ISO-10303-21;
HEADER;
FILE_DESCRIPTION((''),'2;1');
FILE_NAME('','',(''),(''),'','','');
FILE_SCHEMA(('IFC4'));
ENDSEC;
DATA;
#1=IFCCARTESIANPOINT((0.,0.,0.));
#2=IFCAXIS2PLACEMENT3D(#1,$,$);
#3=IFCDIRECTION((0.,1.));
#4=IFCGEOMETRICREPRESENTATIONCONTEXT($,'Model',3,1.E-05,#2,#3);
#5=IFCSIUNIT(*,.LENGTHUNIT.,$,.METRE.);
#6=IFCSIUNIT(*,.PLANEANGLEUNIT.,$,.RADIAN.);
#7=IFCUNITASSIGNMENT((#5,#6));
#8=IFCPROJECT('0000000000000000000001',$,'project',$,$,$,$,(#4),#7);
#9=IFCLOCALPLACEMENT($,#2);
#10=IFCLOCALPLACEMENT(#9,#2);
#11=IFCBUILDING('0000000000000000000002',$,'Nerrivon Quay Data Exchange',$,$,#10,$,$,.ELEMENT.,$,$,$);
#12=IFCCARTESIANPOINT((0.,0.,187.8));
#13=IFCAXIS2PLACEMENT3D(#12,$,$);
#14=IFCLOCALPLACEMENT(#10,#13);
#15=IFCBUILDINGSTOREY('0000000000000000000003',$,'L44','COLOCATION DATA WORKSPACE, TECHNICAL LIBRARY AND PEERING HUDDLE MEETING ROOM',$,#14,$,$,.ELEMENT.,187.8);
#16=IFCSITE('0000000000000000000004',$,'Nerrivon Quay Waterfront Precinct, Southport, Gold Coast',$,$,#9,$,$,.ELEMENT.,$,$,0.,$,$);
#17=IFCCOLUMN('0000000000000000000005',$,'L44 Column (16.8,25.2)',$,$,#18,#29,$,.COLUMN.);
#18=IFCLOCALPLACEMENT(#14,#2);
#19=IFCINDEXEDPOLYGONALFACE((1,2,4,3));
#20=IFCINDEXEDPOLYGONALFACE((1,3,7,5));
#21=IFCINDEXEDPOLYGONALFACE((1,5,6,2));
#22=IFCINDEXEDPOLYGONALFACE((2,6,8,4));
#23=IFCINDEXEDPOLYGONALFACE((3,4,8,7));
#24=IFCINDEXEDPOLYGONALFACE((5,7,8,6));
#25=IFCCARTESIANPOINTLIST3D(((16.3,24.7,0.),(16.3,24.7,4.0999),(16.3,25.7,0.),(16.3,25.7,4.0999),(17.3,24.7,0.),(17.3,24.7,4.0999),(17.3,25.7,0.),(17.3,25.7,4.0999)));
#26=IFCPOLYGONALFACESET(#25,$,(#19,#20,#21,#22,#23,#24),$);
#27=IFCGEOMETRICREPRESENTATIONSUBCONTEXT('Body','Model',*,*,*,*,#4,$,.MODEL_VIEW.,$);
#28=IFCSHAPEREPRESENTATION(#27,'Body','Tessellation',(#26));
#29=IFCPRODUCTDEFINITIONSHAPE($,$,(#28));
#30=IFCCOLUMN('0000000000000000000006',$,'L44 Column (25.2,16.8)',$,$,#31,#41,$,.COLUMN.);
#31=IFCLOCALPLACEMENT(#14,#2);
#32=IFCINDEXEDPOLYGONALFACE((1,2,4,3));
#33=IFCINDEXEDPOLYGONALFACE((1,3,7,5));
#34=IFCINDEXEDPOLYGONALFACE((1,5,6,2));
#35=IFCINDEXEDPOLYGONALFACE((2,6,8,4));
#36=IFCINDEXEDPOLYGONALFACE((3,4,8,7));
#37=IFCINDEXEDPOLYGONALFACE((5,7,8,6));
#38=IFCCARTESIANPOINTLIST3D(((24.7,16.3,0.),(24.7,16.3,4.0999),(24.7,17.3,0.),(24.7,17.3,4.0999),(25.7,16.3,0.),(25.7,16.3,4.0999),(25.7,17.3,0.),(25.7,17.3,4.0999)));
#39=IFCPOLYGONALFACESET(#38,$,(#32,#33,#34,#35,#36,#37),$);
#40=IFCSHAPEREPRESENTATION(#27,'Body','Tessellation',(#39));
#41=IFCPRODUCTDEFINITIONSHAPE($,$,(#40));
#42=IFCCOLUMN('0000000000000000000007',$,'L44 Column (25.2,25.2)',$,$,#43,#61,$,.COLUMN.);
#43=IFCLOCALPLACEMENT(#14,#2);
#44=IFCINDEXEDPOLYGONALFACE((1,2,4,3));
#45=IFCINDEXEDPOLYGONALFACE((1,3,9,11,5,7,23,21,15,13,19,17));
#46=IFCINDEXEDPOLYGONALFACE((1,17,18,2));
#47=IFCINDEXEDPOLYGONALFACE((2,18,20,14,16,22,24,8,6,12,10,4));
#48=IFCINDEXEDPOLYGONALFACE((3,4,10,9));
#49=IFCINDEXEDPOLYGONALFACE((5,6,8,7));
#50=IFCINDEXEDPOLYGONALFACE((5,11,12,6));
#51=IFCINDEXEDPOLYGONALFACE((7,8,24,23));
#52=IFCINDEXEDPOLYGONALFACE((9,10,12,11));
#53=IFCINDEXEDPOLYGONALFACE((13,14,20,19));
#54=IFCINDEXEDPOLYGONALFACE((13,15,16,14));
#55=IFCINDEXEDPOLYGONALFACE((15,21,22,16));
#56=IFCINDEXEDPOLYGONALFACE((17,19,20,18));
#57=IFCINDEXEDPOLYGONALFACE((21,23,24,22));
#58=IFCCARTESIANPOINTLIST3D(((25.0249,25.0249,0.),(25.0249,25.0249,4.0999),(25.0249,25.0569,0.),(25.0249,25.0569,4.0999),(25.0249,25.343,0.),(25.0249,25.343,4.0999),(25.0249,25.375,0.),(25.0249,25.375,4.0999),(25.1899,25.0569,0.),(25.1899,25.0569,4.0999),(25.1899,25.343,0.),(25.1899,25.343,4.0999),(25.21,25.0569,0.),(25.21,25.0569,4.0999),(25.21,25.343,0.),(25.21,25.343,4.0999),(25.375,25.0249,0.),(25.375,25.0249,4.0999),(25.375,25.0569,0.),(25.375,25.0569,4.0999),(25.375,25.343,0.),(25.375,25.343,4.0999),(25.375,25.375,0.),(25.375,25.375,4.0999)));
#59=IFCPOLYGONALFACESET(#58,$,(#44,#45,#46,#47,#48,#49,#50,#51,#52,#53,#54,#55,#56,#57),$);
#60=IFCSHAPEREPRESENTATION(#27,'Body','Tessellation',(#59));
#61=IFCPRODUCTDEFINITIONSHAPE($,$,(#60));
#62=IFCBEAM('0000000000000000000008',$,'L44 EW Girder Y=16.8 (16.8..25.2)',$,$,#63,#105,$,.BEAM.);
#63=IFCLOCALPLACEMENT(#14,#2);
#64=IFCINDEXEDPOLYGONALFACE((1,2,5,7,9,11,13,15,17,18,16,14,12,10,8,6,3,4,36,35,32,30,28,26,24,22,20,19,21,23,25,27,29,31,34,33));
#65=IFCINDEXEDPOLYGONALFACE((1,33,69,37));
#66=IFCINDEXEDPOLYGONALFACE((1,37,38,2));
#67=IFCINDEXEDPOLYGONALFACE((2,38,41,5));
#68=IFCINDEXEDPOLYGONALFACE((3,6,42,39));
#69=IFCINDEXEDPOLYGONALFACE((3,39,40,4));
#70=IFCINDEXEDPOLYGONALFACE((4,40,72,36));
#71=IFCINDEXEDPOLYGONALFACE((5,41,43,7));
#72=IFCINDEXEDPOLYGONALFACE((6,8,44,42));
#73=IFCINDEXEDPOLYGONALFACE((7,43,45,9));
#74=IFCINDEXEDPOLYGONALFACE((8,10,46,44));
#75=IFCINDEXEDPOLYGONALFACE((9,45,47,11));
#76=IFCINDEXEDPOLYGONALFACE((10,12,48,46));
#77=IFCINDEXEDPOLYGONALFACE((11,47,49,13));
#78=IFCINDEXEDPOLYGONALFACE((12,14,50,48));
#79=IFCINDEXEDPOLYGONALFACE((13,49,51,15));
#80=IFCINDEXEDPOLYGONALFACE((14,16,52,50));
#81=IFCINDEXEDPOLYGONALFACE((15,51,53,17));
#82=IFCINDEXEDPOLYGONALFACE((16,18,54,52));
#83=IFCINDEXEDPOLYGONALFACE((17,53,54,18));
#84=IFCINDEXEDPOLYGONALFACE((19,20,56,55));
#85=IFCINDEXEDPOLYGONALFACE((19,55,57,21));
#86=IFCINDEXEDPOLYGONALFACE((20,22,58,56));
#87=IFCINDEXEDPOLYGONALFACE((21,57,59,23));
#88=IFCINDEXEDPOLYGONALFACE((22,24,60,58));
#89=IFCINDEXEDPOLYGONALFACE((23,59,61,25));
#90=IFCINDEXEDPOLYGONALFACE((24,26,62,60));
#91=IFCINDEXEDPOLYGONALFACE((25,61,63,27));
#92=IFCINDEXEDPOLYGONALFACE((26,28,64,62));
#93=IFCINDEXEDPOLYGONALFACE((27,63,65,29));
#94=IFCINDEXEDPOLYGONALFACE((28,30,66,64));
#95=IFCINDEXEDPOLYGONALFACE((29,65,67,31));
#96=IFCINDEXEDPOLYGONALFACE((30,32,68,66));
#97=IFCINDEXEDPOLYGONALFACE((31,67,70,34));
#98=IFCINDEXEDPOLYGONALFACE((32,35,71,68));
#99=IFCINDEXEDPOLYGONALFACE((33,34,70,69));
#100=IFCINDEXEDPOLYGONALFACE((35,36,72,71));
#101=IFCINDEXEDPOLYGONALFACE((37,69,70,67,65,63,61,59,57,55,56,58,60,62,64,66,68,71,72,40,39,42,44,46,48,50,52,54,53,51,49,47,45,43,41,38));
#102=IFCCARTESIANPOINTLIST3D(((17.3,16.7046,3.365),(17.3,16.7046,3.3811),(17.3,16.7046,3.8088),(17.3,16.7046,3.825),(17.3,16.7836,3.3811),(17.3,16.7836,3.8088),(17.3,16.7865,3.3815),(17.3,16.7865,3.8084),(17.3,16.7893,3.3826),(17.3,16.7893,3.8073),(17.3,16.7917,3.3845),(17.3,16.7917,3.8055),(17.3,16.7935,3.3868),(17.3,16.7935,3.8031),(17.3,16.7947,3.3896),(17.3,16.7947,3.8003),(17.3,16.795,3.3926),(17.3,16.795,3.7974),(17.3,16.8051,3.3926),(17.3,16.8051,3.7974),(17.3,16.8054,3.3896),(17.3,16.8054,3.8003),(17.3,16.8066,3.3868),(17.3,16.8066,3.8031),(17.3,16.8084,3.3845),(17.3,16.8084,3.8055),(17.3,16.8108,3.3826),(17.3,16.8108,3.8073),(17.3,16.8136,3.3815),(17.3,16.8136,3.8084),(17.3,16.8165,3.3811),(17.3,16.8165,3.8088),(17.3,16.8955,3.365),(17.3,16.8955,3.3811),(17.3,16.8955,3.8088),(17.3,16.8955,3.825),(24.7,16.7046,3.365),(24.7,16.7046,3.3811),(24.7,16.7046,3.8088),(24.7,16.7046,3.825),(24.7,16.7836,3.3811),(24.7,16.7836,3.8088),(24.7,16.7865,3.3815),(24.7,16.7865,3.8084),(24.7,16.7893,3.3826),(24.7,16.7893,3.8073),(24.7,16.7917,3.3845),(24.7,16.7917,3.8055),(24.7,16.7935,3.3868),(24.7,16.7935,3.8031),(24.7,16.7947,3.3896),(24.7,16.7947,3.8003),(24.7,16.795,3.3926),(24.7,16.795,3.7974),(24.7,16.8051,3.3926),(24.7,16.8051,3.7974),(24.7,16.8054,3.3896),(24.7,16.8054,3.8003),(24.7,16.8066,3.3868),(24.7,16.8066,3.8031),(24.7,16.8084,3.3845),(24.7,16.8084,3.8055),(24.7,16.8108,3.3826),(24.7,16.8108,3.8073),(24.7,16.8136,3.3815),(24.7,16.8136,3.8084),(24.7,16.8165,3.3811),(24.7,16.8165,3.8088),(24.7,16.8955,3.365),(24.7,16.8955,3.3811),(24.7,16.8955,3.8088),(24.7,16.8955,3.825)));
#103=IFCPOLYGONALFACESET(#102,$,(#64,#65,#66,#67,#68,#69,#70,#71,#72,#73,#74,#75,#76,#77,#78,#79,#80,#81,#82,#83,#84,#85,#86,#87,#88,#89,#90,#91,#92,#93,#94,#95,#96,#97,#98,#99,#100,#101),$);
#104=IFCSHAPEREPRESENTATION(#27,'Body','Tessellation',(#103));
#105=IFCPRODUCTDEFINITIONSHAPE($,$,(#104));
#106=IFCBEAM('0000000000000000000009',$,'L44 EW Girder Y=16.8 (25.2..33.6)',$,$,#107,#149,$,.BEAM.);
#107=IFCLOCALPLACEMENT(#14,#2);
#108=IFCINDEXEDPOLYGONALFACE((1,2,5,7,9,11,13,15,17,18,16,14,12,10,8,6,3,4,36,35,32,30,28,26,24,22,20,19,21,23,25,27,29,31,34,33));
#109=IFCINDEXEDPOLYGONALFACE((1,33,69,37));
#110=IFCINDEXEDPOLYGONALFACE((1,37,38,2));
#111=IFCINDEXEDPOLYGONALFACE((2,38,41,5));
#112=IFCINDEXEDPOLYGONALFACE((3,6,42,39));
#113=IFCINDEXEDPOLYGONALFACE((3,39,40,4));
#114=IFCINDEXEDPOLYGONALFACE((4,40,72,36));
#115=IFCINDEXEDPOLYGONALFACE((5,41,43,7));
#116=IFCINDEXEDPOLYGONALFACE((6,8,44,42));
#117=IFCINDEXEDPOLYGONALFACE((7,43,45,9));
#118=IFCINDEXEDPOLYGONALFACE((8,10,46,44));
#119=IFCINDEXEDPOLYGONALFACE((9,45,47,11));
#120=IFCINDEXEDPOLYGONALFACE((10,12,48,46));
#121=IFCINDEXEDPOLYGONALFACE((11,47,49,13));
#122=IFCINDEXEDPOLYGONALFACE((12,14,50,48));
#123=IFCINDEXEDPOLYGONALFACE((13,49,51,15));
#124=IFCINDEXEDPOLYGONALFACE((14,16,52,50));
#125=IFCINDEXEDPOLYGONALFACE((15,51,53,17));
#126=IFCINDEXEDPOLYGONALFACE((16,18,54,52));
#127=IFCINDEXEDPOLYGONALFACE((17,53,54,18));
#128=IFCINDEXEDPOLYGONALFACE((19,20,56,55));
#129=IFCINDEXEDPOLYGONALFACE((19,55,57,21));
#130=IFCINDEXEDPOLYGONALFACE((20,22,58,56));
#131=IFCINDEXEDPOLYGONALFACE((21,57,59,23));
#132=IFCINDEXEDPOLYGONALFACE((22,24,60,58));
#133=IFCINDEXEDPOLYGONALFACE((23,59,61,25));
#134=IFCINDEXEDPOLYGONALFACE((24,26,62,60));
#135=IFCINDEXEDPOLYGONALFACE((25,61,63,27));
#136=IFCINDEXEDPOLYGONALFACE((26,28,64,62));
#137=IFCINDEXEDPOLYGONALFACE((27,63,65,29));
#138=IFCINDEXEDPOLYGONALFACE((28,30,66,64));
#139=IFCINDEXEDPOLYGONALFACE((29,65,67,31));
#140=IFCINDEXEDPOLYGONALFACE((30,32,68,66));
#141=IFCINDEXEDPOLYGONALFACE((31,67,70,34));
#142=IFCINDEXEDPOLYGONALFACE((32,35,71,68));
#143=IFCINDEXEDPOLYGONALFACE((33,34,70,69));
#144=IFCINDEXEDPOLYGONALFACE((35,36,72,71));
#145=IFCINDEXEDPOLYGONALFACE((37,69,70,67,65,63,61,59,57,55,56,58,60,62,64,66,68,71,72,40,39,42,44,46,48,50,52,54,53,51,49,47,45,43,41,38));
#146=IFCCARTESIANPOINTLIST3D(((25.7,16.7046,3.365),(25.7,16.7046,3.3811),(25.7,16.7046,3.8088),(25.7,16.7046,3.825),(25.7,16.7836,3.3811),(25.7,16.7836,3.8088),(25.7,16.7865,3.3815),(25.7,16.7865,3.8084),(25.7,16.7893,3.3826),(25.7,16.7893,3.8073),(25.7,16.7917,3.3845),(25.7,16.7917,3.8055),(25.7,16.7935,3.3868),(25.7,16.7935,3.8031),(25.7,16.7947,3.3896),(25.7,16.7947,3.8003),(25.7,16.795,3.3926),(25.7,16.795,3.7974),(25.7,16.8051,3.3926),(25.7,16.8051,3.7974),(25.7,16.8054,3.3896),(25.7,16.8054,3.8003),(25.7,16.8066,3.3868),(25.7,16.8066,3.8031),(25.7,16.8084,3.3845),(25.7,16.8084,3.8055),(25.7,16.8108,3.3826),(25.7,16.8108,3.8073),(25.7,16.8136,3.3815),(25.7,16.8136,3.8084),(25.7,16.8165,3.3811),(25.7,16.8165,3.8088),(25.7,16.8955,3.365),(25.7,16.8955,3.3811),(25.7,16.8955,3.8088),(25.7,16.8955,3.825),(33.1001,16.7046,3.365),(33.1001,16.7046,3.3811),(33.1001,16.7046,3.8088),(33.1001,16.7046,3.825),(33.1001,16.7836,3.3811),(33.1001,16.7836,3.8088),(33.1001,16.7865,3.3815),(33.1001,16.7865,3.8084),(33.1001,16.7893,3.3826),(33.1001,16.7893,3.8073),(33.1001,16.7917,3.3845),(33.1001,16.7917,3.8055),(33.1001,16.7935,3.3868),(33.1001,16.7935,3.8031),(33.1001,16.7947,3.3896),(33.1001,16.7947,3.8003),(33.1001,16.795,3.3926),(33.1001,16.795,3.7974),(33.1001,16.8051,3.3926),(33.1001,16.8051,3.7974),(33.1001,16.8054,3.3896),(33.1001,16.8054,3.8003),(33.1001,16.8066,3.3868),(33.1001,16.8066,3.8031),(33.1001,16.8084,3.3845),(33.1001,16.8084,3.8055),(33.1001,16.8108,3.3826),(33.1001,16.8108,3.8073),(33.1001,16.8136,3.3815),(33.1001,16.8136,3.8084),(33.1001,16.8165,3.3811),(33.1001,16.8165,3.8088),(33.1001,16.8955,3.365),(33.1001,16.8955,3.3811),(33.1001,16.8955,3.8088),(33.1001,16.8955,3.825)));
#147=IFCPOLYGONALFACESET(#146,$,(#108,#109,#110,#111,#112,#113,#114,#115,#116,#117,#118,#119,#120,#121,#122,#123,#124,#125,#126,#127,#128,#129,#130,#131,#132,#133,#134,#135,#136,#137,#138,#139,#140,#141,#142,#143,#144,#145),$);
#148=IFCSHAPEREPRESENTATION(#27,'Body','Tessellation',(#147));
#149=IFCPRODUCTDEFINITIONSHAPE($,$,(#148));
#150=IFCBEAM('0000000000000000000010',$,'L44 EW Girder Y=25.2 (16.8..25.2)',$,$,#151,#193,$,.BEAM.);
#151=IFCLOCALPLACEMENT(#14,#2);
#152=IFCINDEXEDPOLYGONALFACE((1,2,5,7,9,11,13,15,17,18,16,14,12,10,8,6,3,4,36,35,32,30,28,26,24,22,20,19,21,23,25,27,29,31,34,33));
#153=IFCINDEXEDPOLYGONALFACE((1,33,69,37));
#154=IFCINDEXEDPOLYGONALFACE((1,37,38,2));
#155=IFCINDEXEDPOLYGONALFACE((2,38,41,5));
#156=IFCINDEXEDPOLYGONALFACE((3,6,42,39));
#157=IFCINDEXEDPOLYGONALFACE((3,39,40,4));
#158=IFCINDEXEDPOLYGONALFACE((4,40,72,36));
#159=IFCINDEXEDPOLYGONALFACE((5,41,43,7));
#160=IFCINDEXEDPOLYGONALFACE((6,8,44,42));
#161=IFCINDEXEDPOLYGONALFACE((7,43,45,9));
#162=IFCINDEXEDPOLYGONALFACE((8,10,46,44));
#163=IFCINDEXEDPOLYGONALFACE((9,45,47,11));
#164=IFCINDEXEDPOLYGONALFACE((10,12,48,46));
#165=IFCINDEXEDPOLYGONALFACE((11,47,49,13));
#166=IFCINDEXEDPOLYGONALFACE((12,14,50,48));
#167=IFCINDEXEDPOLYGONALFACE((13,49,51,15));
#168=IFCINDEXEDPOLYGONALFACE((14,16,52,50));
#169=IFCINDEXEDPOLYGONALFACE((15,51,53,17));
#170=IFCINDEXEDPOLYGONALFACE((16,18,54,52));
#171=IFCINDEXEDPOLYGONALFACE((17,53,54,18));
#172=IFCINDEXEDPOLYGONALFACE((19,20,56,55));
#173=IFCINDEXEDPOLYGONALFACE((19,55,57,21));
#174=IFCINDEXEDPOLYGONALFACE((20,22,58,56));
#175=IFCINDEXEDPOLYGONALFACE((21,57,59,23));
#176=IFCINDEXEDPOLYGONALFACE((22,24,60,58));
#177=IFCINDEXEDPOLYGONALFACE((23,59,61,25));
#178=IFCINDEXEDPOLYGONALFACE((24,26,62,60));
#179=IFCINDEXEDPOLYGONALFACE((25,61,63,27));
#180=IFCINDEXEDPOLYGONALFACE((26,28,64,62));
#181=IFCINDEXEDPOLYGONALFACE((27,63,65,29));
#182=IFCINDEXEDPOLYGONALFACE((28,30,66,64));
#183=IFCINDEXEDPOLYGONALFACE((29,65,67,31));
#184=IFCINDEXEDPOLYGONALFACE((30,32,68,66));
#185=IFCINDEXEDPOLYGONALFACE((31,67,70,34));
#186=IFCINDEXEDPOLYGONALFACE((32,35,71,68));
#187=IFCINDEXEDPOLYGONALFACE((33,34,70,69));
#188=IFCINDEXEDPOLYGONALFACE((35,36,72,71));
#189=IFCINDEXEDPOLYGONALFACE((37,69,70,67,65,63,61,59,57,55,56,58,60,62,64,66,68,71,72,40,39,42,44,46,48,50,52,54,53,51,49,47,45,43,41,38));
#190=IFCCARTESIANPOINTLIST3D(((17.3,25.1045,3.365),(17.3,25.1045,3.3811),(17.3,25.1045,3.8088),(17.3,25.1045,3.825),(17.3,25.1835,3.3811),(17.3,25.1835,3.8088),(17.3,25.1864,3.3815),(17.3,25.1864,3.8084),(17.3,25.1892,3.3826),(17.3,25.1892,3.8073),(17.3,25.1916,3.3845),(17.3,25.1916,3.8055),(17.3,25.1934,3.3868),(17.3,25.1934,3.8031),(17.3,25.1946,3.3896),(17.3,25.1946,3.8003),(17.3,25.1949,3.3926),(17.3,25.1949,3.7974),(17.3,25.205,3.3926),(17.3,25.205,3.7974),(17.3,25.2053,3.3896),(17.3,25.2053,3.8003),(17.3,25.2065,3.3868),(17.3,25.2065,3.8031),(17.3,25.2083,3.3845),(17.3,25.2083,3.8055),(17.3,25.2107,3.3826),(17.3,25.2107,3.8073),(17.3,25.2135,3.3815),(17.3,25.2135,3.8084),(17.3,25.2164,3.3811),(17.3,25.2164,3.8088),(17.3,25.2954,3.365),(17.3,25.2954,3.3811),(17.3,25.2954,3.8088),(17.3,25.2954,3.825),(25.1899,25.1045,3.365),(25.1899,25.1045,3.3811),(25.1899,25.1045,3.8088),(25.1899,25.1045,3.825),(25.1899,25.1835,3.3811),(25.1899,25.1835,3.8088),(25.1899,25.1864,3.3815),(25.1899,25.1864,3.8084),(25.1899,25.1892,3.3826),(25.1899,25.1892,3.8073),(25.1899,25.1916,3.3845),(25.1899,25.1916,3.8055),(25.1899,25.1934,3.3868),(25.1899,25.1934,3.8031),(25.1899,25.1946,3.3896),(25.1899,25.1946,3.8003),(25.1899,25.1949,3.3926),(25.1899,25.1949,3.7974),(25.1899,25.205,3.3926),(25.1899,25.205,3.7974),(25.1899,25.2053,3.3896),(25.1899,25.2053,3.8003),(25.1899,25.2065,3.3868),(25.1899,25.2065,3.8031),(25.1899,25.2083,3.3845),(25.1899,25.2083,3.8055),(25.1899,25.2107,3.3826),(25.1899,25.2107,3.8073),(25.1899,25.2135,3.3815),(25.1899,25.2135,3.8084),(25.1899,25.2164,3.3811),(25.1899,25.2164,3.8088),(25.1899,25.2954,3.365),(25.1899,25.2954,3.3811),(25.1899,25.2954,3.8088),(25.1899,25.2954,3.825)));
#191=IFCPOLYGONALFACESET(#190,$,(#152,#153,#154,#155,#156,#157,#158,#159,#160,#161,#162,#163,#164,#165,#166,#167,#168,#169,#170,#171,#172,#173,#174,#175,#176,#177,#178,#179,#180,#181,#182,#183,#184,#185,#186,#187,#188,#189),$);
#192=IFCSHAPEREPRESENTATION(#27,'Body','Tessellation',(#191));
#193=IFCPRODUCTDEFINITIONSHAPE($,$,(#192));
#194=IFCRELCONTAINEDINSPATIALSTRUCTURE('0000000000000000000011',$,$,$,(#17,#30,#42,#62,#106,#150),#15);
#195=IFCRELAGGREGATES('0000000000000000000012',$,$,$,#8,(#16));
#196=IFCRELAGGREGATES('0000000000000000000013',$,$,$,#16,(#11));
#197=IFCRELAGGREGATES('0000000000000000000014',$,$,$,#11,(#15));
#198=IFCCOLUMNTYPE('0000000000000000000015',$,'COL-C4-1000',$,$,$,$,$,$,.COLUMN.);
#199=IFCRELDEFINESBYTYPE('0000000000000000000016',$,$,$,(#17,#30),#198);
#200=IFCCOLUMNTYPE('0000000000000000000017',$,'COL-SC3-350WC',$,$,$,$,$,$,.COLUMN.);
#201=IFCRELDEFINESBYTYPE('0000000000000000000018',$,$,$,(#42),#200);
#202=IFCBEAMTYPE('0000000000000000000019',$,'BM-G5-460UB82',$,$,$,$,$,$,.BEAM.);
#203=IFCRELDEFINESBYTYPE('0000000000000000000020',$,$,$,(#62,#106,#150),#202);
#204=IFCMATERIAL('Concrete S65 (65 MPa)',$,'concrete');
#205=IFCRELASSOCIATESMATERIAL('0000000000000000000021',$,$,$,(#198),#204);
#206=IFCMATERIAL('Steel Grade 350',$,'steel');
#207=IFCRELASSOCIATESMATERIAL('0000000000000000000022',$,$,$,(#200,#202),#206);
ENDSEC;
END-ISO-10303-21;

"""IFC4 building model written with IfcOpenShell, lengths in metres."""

from ifc_helpers import new_model, si_unit, direction, frame, origin, origin_2d, place, context, subcontext, project, spatial, rectangle, i_section, extrude, material, material_profile, profile_set, type_object, element, save


model = new_model("IFC4")

# Units and contexts
model_context = context("Model", 3, precision=1e-05, world=origin(), true_north=direction((0.0, 1.0)))
body_context = subcontext(model_context, "Body", "Model", "MODEL_VIEW")
ifc_project = project(units=[si_unit("LENGTHUNIT", "METRE"), si_unit("PLANEANGLEUNIT", "RADIAN")], contexts=[model_context])

# Site, building, storey
site_placement = place(None, origin())
site = spatial("IfcSite", under=ifc_project, at=site_placement, Name="Nerrivon Quay Waterfront Precinct, Southport, Gold Coast", CompositionType="ELEMENT", RefElevation=0.0)
building_placement = place(site_placement, origin())
building = spatial("IfcBuilding", under=site, at=building_placement, Name="Nerrivon Quay Data Exchange", CompositionType="ELEMENT")
storey_placement = place(building_placement, frame((0.0, 0.0, 187.8)))
storey = spatial("IfcBuildingStorey", under=building, at=storey_placement, Name="L44", Description="COLOCATION DATA WORKSPACE, TECHNICAL LIBRARY AND PEERING HUDDLE MEETING ROOM", CompositionType="ELEMENT", Elevation=187.8)

# Columns
ifc_material_1 = material(Name="Concrete S65 (65 MPa)", Category="concrete")
ifc_material_profile_1 = material_profile(ifc_material_1, rectangle(XDim=1.0, YDim=1.0, at=origin_2d()), Name="RC-COL-1000x1000")
ifc_profile_set_1 = profile_set([ifc_material_profile_1], Name="Concrete S65 (65 MPa)")
column_type_1 = type_object("IfcColumnType", Name="COL-C4-1000", PredefinedType="COLUMN", material=ifc_profile_set_1)
for number, where, z_axis, x_axis, name in (
    (1, (16.8, 25.2, 0.0), (0.0, 0.0, 1.0), (1.0, 0.0, 0.0), "L44 Column (16.8,25.2)"),
    (2, (25.2, 16.8, 0.0), (0.0, 0.0, 1.0), (1.0, 0.0, 0.0), "L44 Column (25.2,16.8)"),
):
    element("IfcColumn", number, at=place(storey_placement, frame(where, z_axis=z_axis, x_axis=x_axis)), inside=storey, type_object=column_type_1, Name=name, PredefinedType="COLUMN", context=body_context, shape_type="SweptSolid", body=[
        extrude(rectangle(XDim=1.0, YDim=1.0, at=origin_2d()), origin(), (0.0, 0.0, 1.0), 4.0999),
    ])
ifc_material_2 = material(Name="Steel Grade 350", Category="steel")
ifc_material_profile_2 = material_profile(ifc_material_2, i_section(OverallWidth=0.3501, OverallDepth=0.3501, WebThickness=0.02, FlangeThickness=0.032, at=origin_2d()), Name="350WC230")
ifc_profile_set_2 = profile_set([ifc_material_profile_2], Name="Steel Grade 350")
column_type_2 = type_object("IfcColumnType", Name="COL-SC3-350WC", PredefinedType="COLUMN", material=ifc_profile_set_2)
column_placement = place(storey_placement, frame((25.2, 25.2, 0.0), z_axis=(0.0, 0.0, 1.0), x_axis=(1.0, 0.0, 0.0)))
element("IfcColumn", 3, at=column_placement, inside=storey, type_object=column_type_2, Name="L44 Column (25.2,25.2)", PredefinedType="COLUMN", context=body_context, shape_type="SweptSolid", body=[
    extrude(i_section(OverallWidth=0.3501, OverallDepth=0.3501, WebThickness=0.02, FlangeThickness=0.032, at=origin_2d()), origin(), (0.0, 0.0, 1.0), 4.0999),
])

# Beams
ifc_material_profile_3 = material_profile(ifc_material_2, i_section(OverallWidth=0.1909, OverallDepth=0.46, WebThickness=0.01, FlangeThickness=0.0161, FilletRadius=0.0115, at=origin_2d()), Name="460UB82.1")
ifc_profile_set_3 = profile_set([ifc_material_profile_3], Name="Steel Grade 350")
beam_type_1 = type_object("IfcBeamType", Name="BM-G5-460UB82", PredefinedType="BEAM", material=ifc_profile_set_3)
beam_1_placement = place(storey_placement, frame((17.3, 16.8, 3.595), z_axis=(1.0, 0.0, 0.0), x_axis=(0.0, 1.0, 0.0)))
element("IfcBeam", 4, at=beam_1_placement, inside=storey, type_object=beam_type_1, Name="L44 EW Girder Y=16.8 (16.8..25.2)", PredefinedType="BEAM", context=body_context, shape_type="SweptSolid", body=[
    extrude(i_section(OverallWidth=0.1909, OverallDepth=0.46, WebThickness=0.01, FlangeThickness=0.0161, FilletRadius=0.0115, at=origin_2d()), origin(), (0.0, 0.0, 1.0), 7.3999),
])
beam_2_placement = place(storey_placement, frame((25.7, 16.8, 3.595), z_axis=(1.0, 0.0, 0.0), x_axis=(0.0, 1.0, 0.0)))
element("IfcBeam", 5, at=beam_2_placement, inside=storey, type_object=beam_type_1, Name="L44 EW Girder Y=16.8 (25.2..33.6)", PredefinedType="BEAM", context=body_context, shape_type="SweptSolid", body=[
    extrude(i_section(OverallWidth=0.1909, OverallDepth=0.46, WebThickness=0.01, FlangeThickness=0.0161, FilletRadius=0.0115, at=origin_2d()), origin(), (0.0, 0.0, 1.0), 7.4001),
])
beam_3_placement = place(storey_placement, frame((17.3, 25.2, 3.595), z_axis=(1.0, 0.0, 0.0), x_axis=(0.0, 1.0, 0.0)))
element("IfcBeam", 6, at=beam_3_placement, inside=storey, type_object=beam_type_1, Name="L44 EW Girder Y=25.2 (16.8..25.2)", PredefinedType="BEAM", context=body_context, shape_type="SweptSolid", body=[
    extrude(i_section(OverallWidth=0.1909, OverallDepth=0.46, WebThickness=0.01, FlangeThickness=0.0161, FilletRadius=0.0115, at=origin_2d()), origin(), (0.0, 0.0, 1.0), 7.8899),
])

save(model, "model.ifc")
